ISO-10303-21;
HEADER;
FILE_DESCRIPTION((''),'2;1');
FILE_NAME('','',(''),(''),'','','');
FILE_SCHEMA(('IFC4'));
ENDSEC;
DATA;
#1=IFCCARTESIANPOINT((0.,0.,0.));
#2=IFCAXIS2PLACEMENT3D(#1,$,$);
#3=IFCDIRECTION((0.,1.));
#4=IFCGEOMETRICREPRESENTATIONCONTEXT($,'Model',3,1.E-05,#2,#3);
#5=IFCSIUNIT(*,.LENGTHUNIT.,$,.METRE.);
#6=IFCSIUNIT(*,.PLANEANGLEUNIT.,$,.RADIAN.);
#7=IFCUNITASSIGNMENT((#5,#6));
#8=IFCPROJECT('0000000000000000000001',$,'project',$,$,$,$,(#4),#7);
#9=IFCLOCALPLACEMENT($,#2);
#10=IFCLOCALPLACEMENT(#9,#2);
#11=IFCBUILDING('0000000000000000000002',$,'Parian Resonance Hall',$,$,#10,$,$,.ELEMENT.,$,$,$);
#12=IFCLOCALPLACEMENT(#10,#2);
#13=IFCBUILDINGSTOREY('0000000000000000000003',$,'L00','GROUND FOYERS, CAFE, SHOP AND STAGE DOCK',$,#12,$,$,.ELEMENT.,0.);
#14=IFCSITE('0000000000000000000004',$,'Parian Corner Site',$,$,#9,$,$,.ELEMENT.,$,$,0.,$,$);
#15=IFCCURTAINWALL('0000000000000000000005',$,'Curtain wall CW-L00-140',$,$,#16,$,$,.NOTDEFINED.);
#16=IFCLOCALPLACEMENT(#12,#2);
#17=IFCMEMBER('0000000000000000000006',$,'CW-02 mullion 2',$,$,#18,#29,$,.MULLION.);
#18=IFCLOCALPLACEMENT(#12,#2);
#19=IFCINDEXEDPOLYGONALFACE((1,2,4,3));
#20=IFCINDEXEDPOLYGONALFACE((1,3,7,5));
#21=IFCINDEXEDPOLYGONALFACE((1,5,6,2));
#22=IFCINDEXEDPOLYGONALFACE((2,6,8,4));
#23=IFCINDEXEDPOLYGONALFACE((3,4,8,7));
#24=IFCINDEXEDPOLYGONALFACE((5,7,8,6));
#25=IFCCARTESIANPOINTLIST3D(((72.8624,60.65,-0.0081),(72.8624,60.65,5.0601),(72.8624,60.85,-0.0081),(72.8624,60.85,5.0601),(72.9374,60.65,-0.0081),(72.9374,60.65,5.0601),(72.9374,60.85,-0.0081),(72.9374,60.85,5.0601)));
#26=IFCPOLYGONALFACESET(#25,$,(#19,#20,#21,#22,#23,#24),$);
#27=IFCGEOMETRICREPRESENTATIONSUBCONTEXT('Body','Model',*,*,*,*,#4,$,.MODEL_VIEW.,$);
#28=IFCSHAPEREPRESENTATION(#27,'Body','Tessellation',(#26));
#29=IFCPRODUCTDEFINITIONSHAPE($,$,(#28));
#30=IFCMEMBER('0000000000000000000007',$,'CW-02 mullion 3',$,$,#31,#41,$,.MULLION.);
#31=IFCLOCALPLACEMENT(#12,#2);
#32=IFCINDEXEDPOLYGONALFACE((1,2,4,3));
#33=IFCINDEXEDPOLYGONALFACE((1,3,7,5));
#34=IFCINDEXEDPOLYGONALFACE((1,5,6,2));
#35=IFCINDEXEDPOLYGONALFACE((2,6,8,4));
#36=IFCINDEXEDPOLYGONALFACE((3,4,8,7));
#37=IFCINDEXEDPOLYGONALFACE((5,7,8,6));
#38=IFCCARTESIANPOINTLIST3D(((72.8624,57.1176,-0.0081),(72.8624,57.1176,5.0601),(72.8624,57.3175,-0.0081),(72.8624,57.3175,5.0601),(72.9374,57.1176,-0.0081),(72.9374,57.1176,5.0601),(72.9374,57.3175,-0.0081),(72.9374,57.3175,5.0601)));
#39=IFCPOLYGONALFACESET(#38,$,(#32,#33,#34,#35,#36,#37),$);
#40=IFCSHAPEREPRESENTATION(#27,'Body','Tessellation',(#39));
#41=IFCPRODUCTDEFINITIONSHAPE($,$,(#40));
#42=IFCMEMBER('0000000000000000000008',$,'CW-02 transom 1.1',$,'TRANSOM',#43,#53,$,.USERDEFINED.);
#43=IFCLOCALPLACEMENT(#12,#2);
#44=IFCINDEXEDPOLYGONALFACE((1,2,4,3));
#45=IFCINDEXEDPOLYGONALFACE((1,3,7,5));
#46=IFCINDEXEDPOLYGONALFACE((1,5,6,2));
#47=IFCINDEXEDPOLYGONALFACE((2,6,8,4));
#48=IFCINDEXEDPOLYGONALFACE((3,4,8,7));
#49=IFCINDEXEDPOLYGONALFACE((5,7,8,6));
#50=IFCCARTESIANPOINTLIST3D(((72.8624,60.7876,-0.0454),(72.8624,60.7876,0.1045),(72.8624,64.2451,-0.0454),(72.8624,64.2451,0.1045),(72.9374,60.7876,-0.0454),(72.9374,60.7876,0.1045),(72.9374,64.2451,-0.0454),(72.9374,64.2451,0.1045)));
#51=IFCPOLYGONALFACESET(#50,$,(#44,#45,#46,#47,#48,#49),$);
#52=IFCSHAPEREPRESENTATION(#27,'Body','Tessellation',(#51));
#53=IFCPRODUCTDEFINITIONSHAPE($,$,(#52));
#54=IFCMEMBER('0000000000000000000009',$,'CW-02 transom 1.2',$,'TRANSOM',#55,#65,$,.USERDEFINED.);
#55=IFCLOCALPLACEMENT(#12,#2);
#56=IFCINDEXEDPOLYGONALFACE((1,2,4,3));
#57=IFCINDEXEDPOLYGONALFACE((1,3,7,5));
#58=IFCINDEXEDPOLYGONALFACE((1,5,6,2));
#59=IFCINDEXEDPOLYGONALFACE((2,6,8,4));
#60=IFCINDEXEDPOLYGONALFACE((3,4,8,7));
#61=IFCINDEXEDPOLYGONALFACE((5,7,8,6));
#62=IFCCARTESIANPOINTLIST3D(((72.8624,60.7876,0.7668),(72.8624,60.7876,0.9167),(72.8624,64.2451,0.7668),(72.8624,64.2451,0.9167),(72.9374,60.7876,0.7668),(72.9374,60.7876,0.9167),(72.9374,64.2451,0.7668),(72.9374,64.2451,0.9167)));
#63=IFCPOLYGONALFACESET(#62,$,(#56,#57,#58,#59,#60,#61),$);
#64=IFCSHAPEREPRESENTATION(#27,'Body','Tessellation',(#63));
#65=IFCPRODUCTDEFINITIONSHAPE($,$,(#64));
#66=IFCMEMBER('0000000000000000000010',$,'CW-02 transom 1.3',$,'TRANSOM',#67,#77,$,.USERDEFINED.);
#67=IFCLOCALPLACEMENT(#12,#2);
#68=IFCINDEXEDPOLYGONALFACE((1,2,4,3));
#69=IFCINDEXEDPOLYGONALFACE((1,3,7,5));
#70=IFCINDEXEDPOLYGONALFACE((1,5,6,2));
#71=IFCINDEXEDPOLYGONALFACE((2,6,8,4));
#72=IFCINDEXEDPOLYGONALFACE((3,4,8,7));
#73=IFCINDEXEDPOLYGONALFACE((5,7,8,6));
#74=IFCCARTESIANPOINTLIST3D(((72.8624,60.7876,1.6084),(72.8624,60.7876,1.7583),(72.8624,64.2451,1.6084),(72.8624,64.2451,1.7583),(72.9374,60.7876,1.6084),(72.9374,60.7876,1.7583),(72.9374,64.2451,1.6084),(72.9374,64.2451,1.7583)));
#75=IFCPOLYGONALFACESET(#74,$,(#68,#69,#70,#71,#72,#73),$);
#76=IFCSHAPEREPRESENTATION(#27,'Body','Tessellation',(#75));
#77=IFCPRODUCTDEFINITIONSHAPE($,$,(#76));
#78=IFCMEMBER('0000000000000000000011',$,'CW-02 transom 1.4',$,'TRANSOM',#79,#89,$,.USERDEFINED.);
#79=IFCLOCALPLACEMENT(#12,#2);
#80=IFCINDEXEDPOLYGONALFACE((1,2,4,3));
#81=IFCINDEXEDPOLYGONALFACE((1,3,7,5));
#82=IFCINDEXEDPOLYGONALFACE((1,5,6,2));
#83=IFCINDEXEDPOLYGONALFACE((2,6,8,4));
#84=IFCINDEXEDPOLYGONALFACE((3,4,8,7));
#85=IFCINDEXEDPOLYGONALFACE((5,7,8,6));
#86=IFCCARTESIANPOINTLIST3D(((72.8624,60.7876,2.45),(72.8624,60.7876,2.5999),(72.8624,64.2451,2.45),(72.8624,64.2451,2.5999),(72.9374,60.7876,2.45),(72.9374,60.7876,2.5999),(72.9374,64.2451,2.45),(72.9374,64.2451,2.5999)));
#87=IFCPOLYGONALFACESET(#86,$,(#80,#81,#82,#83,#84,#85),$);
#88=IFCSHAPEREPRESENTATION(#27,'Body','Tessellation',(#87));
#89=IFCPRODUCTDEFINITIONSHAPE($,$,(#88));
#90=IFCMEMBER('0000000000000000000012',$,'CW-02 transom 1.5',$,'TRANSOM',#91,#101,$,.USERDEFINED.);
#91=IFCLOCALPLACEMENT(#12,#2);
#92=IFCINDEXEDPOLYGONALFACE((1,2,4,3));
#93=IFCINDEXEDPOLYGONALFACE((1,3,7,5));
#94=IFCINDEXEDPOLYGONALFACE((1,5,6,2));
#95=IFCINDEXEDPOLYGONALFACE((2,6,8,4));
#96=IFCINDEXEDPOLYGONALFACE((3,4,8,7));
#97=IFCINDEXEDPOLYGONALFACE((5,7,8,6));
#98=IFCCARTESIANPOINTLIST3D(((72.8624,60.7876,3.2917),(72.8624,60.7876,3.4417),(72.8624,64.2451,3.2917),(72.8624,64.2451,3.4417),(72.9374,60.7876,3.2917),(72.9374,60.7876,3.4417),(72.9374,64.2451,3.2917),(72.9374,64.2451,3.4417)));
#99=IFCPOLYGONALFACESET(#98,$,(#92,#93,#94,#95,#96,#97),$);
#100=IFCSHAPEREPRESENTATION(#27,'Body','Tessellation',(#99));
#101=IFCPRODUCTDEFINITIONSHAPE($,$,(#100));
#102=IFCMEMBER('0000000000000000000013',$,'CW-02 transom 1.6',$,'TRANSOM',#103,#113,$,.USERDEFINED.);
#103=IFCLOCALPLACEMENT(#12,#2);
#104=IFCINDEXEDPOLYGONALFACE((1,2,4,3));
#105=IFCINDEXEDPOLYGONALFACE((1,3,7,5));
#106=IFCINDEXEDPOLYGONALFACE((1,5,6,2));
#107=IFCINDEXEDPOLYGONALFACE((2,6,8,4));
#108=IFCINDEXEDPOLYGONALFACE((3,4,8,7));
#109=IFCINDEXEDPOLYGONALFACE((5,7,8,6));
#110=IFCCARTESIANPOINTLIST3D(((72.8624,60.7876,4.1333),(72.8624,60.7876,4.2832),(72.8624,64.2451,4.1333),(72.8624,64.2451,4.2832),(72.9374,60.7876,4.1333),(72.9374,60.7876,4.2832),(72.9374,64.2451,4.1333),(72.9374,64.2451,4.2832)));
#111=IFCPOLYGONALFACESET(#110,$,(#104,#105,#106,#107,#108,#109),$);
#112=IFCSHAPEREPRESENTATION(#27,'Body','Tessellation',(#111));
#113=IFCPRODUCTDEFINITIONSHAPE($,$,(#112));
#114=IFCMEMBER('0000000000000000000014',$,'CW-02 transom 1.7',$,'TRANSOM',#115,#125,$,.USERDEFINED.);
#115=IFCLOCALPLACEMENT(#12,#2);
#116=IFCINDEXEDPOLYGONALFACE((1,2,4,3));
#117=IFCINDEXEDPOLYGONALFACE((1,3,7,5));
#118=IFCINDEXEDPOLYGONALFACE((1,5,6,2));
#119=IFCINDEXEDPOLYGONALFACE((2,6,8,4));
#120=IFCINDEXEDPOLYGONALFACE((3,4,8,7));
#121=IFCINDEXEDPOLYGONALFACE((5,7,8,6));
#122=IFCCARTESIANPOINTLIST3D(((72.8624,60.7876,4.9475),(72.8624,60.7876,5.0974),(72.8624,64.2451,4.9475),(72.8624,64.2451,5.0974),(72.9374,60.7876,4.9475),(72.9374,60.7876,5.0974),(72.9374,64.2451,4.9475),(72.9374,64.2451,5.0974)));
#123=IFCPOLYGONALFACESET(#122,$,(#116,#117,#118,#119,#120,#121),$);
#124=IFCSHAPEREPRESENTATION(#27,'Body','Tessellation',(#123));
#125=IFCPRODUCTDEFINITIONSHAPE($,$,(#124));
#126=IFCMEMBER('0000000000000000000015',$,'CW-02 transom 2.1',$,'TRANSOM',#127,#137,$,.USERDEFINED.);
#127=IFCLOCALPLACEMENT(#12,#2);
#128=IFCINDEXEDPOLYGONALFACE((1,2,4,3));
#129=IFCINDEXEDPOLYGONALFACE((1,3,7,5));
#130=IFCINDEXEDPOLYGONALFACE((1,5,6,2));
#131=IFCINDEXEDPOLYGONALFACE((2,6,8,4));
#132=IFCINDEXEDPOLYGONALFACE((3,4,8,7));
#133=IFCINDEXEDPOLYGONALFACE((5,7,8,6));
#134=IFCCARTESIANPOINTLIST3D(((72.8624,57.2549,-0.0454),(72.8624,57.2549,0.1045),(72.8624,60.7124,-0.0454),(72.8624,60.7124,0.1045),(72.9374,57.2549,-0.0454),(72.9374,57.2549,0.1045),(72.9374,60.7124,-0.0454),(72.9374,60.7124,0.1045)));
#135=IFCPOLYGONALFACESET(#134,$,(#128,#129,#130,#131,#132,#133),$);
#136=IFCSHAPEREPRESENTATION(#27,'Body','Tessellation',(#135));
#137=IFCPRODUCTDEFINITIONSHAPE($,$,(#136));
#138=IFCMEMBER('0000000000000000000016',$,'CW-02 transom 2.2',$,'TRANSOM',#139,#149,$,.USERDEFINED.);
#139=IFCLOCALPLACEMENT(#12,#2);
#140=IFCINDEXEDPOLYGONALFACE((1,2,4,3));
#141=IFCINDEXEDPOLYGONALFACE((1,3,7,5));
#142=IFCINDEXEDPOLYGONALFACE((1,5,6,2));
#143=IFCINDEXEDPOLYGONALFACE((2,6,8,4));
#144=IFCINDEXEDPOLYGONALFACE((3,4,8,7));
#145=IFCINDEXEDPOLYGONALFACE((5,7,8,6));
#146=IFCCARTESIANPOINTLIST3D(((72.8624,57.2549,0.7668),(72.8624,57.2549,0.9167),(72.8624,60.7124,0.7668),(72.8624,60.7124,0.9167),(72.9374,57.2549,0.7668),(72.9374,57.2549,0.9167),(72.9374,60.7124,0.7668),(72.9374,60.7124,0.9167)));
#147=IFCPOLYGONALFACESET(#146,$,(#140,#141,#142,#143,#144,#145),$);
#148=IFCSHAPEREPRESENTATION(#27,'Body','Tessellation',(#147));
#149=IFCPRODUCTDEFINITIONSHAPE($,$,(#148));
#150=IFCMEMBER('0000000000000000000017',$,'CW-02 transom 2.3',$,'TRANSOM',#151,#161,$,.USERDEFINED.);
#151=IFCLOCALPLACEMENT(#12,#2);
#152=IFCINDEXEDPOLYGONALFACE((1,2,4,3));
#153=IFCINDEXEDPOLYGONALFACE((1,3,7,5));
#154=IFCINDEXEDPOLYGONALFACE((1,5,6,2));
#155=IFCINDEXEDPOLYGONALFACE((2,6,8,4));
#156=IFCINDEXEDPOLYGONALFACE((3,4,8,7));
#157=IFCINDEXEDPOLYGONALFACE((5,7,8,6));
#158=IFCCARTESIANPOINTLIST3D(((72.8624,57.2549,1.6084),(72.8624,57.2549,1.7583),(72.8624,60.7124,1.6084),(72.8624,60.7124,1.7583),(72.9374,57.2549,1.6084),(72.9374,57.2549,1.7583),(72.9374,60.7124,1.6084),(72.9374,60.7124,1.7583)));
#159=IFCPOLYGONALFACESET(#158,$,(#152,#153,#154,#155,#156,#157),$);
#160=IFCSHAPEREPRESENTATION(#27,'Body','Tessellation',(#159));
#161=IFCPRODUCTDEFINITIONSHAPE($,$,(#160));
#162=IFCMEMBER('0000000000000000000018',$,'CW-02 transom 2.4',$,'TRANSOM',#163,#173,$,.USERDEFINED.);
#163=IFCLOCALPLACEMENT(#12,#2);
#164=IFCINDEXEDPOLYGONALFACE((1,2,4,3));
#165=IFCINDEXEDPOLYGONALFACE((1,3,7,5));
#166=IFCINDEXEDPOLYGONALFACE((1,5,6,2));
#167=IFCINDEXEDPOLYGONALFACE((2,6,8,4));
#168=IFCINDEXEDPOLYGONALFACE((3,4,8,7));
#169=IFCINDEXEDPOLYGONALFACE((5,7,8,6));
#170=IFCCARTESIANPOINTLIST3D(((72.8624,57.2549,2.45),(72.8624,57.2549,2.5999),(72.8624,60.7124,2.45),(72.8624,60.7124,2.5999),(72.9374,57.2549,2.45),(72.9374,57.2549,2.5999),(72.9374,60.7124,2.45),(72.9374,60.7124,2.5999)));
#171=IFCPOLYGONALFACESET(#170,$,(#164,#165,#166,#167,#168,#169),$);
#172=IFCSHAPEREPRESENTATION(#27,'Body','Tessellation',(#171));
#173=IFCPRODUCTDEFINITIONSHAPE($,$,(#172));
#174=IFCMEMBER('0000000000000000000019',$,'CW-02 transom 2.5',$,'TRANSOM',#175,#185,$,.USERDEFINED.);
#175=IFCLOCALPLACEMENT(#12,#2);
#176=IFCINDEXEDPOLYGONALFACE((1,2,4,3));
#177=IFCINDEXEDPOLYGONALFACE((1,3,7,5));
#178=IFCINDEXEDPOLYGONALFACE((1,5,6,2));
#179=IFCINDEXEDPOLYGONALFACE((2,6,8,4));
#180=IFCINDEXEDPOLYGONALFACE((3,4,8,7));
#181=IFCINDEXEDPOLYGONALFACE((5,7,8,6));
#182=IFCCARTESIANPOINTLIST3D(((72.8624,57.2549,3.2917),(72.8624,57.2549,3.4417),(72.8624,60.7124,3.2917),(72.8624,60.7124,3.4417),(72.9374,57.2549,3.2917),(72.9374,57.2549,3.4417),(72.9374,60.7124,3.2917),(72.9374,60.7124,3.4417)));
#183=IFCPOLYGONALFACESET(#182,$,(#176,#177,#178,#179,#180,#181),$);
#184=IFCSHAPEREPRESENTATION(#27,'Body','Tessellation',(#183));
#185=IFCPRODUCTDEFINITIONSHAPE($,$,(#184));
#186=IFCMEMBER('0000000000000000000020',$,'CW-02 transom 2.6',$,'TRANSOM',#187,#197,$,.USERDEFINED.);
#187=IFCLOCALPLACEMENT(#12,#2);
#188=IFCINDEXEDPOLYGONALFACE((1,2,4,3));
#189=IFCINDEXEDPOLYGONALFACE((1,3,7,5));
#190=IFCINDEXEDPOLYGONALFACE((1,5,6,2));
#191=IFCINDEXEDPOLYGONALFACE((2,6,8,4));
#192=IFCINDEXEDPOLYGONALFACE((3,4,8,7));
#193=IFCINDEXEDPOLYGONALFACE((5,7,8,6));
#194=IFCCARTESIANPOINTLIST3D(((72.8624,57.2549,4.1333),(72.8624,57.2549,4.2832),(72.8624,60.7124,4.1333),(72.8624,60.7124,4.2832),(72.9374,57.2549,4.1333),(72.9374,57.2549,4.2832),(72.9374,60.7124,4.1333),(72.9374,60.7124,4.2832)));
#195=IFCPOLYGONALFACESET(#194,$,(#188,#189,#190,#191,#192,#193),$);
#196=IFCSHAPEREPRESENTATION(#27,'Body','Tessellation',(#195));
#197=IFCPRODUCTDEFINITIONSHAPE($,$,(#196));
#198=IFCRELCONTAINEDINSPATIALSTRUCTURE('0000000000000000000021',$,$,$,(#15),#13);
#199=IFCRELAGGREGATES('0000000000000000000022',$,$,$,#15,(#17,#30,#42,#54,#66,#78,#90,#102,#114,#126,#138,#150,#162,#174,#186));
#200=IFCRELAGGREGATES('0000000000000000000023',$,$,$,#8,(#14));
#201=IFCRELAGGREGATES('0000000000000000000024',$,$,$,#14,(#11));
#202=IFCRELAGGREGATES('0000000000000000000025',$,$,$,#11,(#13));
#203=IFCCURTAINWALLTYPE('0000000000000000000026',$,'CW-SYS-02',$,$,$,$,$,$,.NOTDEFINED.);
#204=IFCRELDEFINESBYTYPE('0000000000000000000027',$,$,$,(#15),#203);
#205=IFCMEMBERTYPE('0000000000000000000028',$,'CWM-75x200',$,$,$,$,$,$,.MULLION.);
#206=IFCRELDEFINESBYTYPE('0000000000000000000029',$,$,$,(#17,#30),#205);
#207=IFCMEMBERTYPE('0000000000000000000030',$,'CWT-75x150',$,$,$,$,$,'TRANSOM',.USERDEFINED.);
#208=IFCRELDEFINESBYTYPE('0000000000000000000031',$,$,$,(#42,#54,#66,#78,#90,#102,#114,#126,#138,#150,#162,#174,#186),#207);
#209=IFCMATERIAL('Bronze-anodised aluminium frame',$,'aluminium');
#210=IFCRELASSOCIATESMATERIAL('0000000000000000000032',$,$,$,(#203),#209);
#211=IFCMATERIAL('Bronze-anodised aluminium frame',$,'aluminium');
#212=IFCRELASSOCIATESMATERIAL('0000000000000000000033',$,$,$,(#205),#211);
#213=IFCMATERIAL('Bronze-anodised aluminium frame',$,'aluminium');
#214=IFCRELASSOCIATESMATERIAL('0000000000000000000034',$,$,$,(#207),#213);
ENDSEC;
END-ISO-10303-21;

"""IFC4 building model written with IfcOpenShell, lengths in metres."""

from ifc_helpers import new_model, si_unit, direction, frame, origin, origin_2d, place, context, subcontext, project, spatial, rectangle, extrude, material, material_profile, profile_set, type_object, element, aggregate, save


model = new_model("IFC4")

# Units and contexts
model_context = context("Model", 3, precision=1e-05, world=origin(), true_north=direction((0.0, 1.0)))
body_context = subcontext(model_context, "Body", "Model", "MODEL_VIEW")
ifc_project = project(units=[si_unit("LENGTHUNIT", "METRE"), si_unit("PLANEANGLEUNIT", "RADIAN")], contexts=[model_context])

# Site, building, storey
site_placement = place(None, origin())
site = spatial("IfcSite", under=ifc_project, at=site_placement, Name="Parian Corner Site", CompositionType="ELEMENT", RefElevation=0.0)
building_placement = place(site_placement, origin())
building = spatial("IfcBuilding", under=site, at=building_placement, Name="Parian Resonance Hall", CompositionType="ELEMENT")
storey_placement = place(building_placement, origin())
storey = spatial("IfcBuildingStorey", under=building, at=storey_placement, Name="L00", Description="GROUND FOYERS, CAFE, SHOP AND STAGE DOCK", CompositionType="ELEMENT", Elevation=0.0)

# Curtain wall, members
ifc_material_1 = material(Name="Bronze-anodised aluminium frame", Category="aluminium")
curtain_wall_type = type_object("IfcCurtainWallType", Name="CW-SYS-02", PredefinedType="NOTDEFINED", material=ifc_material_1)
curtain_wall_placement = place(storey_placement, origin())
curtain_wall = element("IfcCurtainWall", 1, at=curtain_wall_placement, inside=storey, type_object=curtain_wall_type, Name="Curtain wall CW-L00-140", PredefinedType="NOTDEFINED")
ifc_material_2 = material(Name="Bronze-anodised aluminium frame", Category="aluminium")
ifc_material_profile_1 = material_profile(ifc_material_2, rectangle(XDim=0.075, YDim=0.2, at=origin_2d()), Name="CWM-75x200")
ifc_profile_set_1 = profile_set([ifc_material_profile_1], Name="Bronze-anodised aluminium frame")
member_type_1 = type_object("IfcMemberType", Name="CWM-75x200", PredefinedType="MULLION", material=ifc_profile_set_1)
member_1_placement = place(storey_placement, frame((72.8999, 60.75, -0.0081), z_axis=(0.0, 0.0, 1.0), x_axis=(1.0, 0.0, 0.0)))
member_1 = element("IfcMember", 2, at=member_1_placement, type_object=member_type_1, Name="CW-02 mullion 2", PredefinedType="MULLION", context=body_context, shape_type="SweptSolid", body=[
    extrude(rectangle(XDim=0.075, YDim=0.2, at=origin_2d()), origin(), (0.0, 0.0, 1.0), 5.0681),
])
member_2_placement = place(storey_placement, frame((72.8999, 57.2175, -0.0081), z_axis=(0.0, 0.0, 1.0), x_axis=(1.0, 0.0, 0.0)))
member_2 = element("IfcMember", 3, at=member_2_placement, type_object=member_type_1, Name="CW-02 mullion 3", PredefinedType="MULLION", context=body_context, shape_type="SweptSolid", body=[
    extrude(rectangle(XDim=0.075, YDim=0.2, at=origin_2d()), origin(), (0.0, 0.0, 1.0), 5.0681),
])
ifc_material_3 = material(Name="Bronze-anodised aluminium frame", Category="aluminium")
ifc_material_profile_2 = material_profile(ifc_material_3, rectangle(XDim=0.075, YDim=0.1499, at=origin_2d()), Name="CWT-75x150")
ifc_profile_set_2 = profile_set([ifc_material_profile_2], Name="Bronze-anodised aluminium frame")
member_type_2 = type_object("IfcMemberType", Name="CWT-75x150", ElementType="TRANSOM", PredefinedType="USERDEFINED", material=ifc_profile_set_2)
member_3_placement = place(storey_placement, frame((72.8999, 64.2451, 0.0295), z_axis=(0.0, -1.0, 0.0), x_axis=(1.0, 0.0, 0.0)))
member_3 = element("IfcMember", 4, at=member_3_placement, type_object=member_type_2, Name="CW-02 transom 1.1", ObjectType="TRANSOM", PredefinedType="USERDEFINED", context=body_context, shape_type="SweptSolid", body=[
    extrude(rectangle(XDim=0.075, YDim=0.1499, at=origin_2d()), origin(), (0.0, 0.0, 1.0), 3.4575),
])
member_4_placement = place(storey_placement, frame((72.8999, 64.2451, 0.8418), z_axis=(0.0, -1.0, 0.0), x_axis=(1.0, 0.0, 0.0)))
member_4 = element("IfcMember", 5, at=member_4_placement, type_object=member_type_2, Name="CW-02 transom 1.2", ObjectType="TRANSOM", PredefinedType="USERDEFINED", context=body_context, shape_type="SweptSolid", body=[
    extrude(rectangle(XDim=0.075, YDim=0.1499, at=origin_2d()), origin(), (0.0, 0.0, 1.0), 3.4575),
])
member_5_placement = place(storey_placement, frame((72.8999, 64.2451, 1.6833), z_axis=(0.0, -1.0, 0.0), x_axis=(1.0, 0.0, 0.0)))
member_5 = element("IfcMember", 6, at=member_5_placement, type_object=member_type_2, Name="CW-02 transom 1.3", ObjectType="TRANSOM", PredefinedType="USERDEFINED", context=body_context, shape_type="SweptSolid", body=[
    extrude(rectangle(XDim=0.075, YDim=0.1499, at=origin_2d()), origin(), (0.0, 0.0, 1.0), 3.4575),
])
member_6_placement = place(storey_placement, frame((72.8999, 64.2451, 2.5249), z_axis=(0.0, -1.0, 0.0), x_axis=(1.0, 0.0, 0.0)))
member_6 = element("IfcMember", 7, at=member_6_placement, type_object=member_type_2, Name="CW-02 transom 1.4", ObjectType="TRANSOM", PredefinedType="USERDEFINED", context=body_context, shape_type="SweptSolid", body=[
    extrude(rectangle(XDim=0.075, YDim=0.1499, at=origin_2d()), origin(), (0.0, 0.0, 1.0), 3.4575),
])
member_7_placement = place(storey_placement, frame((72.8999, 64.2451, 3.3667), z_axis=(0.0, -1.0, 0.0), x_axis=(1.0, 0.0, 0.0)))
member_7 = element("IfcMember", 8, at=member_7_placement, type_object=member_type_2, Name="CW-02 transom 1.5", ObjectType="TRANSOM", PredefinedType="USERDEFINED", context=body_context, shape_type="SweptSolid", body=[
    extrude(rectangle(XDim=0.075, YDim=0.1499, at=origin_2d()), origin(), (0.0, 0.0, 1.0), 3.4575),
])
member_8_placement = place(storey_placement, frame((72.8999, 64.2451, 4.2083), z_axis=(0.0, -1.0, 0.0), x_axis=(1.0, 0.0, 0.0)))
member_8 = element("IfcMember", 9, at=member_8_placement, type_object=member_type_2, Name="CW-02 transom 1.6", ObjectType="TRANSOM", PredefinedType="USERDEFINED", context=body_context, shape_type="SweptSolid", body=[
    extrude(rectangle(XDim=0.075, YDim=0.1499, at=origin_2d()), origin(), (0.0, 0.0, 1.0), 3.4575),
])
member_9_placement = place(storey_placement, frame((72.8999, 64.2451, 5.0225), z_axis=(0.0, -1.0, 0.0), x_axis=(1.0, 0.0, 0.0)))
member_9 = element("IfcMember", 10, at=member_9_placement, type_object=member_type_2, Name="CW-02 transom 1.7", ObjectType="TRANSOM", PredefinedType="USERDEFINED", context=body_context, shape_type="SweptSolid", body=[
    extrude(rectangle(XDim=0.075, YDim=0.1499, at=origin_2d()), origin(), (0.0, 0.0, 1.0), 3.4575),
])
member_10_placement = place(storey_placement, frame((72.8999, 60.7124, 0.0295), z_axis=(0.0, -1.0, 0.0), x_axis=(1.0, 0.0, 0.0)))
member_10 = element("IfcMember", 11, at=member_10_placement, type_object=member_type_2, Name="CW-02 transom 2.1", ObjectType="TRANSOM", PredefinedType="USERDEFINED", context=body_context, shape_type="SweptSolid", body=[
    extrude(rectangle(XDim=0.075, YDim=0.1499, at=origin_2d()), origin(), (0.0, 0.0, 1.0), 3.4575),
])
member_11_placement = place(storey_placement, frame((72.8999, 60.7124, 0.8418), z_axis=(0.0, -1.0, 0.0), x_axis=(1.0, 0.0, 0.0)))
member_11 = element("IfcMember", 12, at=member_11_placement, type_object=member_type_2, Name="CW-02 transom 2.2", ObjectType="TRANSOM", PredefinedType="USERDEFINED", context=body_context, shape_type="SweptSolid", body=[
    extrude(rectangle(XDim=0.075, YDim=0.1499, at=origin_2d()), origin(), (0.0, 0.0, 1.0), 3.4575),
])
member_12_placement = place(storey_placement, frame((72.8999, 60.7124, 1.6833), z_axis=(0.0, -1.0, 0.0), x_axis=(1.0, 0.0, 0.0)))
member_12 = element("IfcMember", 13, at=member_12_placement, type_object=member_type_2, Name="CW-02 transom 2.3", ObjectType="TRANSOM", PredefinedType="USERDEFINED", context=body_context, shape_type="SweptSolid", body=[
    extrude(rectangle(XDim=0.075, YDim=0.1499, at=origin_2d()), origin(), (0.0, 0.0, 1.0), 3.4575),
])
member_13_placement = place(storey_placement, frame((72.8999, 60.7124, 2.5249), z_axis=(0.0, -1.0, 0.0), x_axis=(1.0, 0.0, 0.0)))
member_13 = element("IfcMember", 14, at=member_13_placement, type_object=member_type_2, Name="CW-02 transom 2.4", ObjectType="TRANSOM", PredefinedType="USERDEFINED", context=body_context, shape_type="SweptSolid", body=[
    extrude(rectangle(XDim=0.075, YDim=0.1499, at=origin_2d()), origin(), (0.0, 0.0, 1.0), 3.4575),
])
member_14_placement = place(storey_placement, frame((72.8999, 60.7124, 3.3667), z_axis=(0.0, -1.0, 0.0), x_axis=(1.0, 0.0, 0.0)))
member_14 = element("IfcMember", 15, at=member_14_placement, type_object=member_type_2, Name="CW-02 transom 2.5", ObjectType="TRANSOM", PredefinedType="USERDEFINED", context=body_context, shape_type="SweptSolid", body=[
    extrude(rectangle(XDim=0.075, YDim=0.1499, at=origin_2d()), origin(), (0.0, 0.0, 1.0), 3.4575),
])
member_15_placement = place(storey_placement, frame((72.8999, 60.7124, 4.2083), z_axis=(0.0, -1.0, 0.0), x_axis=(1.0, 0.0, 0.0)))
member_15 = element("IfcMember", 16, at=member_15_placement, type_object=member_type_2, Name="CW-02 transom 2.6", ObjectType="TRANSOM", PredefinedType="USERDEFINED", context=body_context, shape_type="SweptSolid", body=[
    extrude(rectangle(XDim=0.075, YDim=0.1499, at=origin_2d()), origin(), (0.0, 0.0, 1.0), 3.4575),
])
aggregate(curtain_wall, [member_1, member_2, member_3, member_4, member_5, member_6, member_7, member_8, member_9, member_10, member_11, member_12, member_13, member_14, member_15])

save(model, "model.ifc")
